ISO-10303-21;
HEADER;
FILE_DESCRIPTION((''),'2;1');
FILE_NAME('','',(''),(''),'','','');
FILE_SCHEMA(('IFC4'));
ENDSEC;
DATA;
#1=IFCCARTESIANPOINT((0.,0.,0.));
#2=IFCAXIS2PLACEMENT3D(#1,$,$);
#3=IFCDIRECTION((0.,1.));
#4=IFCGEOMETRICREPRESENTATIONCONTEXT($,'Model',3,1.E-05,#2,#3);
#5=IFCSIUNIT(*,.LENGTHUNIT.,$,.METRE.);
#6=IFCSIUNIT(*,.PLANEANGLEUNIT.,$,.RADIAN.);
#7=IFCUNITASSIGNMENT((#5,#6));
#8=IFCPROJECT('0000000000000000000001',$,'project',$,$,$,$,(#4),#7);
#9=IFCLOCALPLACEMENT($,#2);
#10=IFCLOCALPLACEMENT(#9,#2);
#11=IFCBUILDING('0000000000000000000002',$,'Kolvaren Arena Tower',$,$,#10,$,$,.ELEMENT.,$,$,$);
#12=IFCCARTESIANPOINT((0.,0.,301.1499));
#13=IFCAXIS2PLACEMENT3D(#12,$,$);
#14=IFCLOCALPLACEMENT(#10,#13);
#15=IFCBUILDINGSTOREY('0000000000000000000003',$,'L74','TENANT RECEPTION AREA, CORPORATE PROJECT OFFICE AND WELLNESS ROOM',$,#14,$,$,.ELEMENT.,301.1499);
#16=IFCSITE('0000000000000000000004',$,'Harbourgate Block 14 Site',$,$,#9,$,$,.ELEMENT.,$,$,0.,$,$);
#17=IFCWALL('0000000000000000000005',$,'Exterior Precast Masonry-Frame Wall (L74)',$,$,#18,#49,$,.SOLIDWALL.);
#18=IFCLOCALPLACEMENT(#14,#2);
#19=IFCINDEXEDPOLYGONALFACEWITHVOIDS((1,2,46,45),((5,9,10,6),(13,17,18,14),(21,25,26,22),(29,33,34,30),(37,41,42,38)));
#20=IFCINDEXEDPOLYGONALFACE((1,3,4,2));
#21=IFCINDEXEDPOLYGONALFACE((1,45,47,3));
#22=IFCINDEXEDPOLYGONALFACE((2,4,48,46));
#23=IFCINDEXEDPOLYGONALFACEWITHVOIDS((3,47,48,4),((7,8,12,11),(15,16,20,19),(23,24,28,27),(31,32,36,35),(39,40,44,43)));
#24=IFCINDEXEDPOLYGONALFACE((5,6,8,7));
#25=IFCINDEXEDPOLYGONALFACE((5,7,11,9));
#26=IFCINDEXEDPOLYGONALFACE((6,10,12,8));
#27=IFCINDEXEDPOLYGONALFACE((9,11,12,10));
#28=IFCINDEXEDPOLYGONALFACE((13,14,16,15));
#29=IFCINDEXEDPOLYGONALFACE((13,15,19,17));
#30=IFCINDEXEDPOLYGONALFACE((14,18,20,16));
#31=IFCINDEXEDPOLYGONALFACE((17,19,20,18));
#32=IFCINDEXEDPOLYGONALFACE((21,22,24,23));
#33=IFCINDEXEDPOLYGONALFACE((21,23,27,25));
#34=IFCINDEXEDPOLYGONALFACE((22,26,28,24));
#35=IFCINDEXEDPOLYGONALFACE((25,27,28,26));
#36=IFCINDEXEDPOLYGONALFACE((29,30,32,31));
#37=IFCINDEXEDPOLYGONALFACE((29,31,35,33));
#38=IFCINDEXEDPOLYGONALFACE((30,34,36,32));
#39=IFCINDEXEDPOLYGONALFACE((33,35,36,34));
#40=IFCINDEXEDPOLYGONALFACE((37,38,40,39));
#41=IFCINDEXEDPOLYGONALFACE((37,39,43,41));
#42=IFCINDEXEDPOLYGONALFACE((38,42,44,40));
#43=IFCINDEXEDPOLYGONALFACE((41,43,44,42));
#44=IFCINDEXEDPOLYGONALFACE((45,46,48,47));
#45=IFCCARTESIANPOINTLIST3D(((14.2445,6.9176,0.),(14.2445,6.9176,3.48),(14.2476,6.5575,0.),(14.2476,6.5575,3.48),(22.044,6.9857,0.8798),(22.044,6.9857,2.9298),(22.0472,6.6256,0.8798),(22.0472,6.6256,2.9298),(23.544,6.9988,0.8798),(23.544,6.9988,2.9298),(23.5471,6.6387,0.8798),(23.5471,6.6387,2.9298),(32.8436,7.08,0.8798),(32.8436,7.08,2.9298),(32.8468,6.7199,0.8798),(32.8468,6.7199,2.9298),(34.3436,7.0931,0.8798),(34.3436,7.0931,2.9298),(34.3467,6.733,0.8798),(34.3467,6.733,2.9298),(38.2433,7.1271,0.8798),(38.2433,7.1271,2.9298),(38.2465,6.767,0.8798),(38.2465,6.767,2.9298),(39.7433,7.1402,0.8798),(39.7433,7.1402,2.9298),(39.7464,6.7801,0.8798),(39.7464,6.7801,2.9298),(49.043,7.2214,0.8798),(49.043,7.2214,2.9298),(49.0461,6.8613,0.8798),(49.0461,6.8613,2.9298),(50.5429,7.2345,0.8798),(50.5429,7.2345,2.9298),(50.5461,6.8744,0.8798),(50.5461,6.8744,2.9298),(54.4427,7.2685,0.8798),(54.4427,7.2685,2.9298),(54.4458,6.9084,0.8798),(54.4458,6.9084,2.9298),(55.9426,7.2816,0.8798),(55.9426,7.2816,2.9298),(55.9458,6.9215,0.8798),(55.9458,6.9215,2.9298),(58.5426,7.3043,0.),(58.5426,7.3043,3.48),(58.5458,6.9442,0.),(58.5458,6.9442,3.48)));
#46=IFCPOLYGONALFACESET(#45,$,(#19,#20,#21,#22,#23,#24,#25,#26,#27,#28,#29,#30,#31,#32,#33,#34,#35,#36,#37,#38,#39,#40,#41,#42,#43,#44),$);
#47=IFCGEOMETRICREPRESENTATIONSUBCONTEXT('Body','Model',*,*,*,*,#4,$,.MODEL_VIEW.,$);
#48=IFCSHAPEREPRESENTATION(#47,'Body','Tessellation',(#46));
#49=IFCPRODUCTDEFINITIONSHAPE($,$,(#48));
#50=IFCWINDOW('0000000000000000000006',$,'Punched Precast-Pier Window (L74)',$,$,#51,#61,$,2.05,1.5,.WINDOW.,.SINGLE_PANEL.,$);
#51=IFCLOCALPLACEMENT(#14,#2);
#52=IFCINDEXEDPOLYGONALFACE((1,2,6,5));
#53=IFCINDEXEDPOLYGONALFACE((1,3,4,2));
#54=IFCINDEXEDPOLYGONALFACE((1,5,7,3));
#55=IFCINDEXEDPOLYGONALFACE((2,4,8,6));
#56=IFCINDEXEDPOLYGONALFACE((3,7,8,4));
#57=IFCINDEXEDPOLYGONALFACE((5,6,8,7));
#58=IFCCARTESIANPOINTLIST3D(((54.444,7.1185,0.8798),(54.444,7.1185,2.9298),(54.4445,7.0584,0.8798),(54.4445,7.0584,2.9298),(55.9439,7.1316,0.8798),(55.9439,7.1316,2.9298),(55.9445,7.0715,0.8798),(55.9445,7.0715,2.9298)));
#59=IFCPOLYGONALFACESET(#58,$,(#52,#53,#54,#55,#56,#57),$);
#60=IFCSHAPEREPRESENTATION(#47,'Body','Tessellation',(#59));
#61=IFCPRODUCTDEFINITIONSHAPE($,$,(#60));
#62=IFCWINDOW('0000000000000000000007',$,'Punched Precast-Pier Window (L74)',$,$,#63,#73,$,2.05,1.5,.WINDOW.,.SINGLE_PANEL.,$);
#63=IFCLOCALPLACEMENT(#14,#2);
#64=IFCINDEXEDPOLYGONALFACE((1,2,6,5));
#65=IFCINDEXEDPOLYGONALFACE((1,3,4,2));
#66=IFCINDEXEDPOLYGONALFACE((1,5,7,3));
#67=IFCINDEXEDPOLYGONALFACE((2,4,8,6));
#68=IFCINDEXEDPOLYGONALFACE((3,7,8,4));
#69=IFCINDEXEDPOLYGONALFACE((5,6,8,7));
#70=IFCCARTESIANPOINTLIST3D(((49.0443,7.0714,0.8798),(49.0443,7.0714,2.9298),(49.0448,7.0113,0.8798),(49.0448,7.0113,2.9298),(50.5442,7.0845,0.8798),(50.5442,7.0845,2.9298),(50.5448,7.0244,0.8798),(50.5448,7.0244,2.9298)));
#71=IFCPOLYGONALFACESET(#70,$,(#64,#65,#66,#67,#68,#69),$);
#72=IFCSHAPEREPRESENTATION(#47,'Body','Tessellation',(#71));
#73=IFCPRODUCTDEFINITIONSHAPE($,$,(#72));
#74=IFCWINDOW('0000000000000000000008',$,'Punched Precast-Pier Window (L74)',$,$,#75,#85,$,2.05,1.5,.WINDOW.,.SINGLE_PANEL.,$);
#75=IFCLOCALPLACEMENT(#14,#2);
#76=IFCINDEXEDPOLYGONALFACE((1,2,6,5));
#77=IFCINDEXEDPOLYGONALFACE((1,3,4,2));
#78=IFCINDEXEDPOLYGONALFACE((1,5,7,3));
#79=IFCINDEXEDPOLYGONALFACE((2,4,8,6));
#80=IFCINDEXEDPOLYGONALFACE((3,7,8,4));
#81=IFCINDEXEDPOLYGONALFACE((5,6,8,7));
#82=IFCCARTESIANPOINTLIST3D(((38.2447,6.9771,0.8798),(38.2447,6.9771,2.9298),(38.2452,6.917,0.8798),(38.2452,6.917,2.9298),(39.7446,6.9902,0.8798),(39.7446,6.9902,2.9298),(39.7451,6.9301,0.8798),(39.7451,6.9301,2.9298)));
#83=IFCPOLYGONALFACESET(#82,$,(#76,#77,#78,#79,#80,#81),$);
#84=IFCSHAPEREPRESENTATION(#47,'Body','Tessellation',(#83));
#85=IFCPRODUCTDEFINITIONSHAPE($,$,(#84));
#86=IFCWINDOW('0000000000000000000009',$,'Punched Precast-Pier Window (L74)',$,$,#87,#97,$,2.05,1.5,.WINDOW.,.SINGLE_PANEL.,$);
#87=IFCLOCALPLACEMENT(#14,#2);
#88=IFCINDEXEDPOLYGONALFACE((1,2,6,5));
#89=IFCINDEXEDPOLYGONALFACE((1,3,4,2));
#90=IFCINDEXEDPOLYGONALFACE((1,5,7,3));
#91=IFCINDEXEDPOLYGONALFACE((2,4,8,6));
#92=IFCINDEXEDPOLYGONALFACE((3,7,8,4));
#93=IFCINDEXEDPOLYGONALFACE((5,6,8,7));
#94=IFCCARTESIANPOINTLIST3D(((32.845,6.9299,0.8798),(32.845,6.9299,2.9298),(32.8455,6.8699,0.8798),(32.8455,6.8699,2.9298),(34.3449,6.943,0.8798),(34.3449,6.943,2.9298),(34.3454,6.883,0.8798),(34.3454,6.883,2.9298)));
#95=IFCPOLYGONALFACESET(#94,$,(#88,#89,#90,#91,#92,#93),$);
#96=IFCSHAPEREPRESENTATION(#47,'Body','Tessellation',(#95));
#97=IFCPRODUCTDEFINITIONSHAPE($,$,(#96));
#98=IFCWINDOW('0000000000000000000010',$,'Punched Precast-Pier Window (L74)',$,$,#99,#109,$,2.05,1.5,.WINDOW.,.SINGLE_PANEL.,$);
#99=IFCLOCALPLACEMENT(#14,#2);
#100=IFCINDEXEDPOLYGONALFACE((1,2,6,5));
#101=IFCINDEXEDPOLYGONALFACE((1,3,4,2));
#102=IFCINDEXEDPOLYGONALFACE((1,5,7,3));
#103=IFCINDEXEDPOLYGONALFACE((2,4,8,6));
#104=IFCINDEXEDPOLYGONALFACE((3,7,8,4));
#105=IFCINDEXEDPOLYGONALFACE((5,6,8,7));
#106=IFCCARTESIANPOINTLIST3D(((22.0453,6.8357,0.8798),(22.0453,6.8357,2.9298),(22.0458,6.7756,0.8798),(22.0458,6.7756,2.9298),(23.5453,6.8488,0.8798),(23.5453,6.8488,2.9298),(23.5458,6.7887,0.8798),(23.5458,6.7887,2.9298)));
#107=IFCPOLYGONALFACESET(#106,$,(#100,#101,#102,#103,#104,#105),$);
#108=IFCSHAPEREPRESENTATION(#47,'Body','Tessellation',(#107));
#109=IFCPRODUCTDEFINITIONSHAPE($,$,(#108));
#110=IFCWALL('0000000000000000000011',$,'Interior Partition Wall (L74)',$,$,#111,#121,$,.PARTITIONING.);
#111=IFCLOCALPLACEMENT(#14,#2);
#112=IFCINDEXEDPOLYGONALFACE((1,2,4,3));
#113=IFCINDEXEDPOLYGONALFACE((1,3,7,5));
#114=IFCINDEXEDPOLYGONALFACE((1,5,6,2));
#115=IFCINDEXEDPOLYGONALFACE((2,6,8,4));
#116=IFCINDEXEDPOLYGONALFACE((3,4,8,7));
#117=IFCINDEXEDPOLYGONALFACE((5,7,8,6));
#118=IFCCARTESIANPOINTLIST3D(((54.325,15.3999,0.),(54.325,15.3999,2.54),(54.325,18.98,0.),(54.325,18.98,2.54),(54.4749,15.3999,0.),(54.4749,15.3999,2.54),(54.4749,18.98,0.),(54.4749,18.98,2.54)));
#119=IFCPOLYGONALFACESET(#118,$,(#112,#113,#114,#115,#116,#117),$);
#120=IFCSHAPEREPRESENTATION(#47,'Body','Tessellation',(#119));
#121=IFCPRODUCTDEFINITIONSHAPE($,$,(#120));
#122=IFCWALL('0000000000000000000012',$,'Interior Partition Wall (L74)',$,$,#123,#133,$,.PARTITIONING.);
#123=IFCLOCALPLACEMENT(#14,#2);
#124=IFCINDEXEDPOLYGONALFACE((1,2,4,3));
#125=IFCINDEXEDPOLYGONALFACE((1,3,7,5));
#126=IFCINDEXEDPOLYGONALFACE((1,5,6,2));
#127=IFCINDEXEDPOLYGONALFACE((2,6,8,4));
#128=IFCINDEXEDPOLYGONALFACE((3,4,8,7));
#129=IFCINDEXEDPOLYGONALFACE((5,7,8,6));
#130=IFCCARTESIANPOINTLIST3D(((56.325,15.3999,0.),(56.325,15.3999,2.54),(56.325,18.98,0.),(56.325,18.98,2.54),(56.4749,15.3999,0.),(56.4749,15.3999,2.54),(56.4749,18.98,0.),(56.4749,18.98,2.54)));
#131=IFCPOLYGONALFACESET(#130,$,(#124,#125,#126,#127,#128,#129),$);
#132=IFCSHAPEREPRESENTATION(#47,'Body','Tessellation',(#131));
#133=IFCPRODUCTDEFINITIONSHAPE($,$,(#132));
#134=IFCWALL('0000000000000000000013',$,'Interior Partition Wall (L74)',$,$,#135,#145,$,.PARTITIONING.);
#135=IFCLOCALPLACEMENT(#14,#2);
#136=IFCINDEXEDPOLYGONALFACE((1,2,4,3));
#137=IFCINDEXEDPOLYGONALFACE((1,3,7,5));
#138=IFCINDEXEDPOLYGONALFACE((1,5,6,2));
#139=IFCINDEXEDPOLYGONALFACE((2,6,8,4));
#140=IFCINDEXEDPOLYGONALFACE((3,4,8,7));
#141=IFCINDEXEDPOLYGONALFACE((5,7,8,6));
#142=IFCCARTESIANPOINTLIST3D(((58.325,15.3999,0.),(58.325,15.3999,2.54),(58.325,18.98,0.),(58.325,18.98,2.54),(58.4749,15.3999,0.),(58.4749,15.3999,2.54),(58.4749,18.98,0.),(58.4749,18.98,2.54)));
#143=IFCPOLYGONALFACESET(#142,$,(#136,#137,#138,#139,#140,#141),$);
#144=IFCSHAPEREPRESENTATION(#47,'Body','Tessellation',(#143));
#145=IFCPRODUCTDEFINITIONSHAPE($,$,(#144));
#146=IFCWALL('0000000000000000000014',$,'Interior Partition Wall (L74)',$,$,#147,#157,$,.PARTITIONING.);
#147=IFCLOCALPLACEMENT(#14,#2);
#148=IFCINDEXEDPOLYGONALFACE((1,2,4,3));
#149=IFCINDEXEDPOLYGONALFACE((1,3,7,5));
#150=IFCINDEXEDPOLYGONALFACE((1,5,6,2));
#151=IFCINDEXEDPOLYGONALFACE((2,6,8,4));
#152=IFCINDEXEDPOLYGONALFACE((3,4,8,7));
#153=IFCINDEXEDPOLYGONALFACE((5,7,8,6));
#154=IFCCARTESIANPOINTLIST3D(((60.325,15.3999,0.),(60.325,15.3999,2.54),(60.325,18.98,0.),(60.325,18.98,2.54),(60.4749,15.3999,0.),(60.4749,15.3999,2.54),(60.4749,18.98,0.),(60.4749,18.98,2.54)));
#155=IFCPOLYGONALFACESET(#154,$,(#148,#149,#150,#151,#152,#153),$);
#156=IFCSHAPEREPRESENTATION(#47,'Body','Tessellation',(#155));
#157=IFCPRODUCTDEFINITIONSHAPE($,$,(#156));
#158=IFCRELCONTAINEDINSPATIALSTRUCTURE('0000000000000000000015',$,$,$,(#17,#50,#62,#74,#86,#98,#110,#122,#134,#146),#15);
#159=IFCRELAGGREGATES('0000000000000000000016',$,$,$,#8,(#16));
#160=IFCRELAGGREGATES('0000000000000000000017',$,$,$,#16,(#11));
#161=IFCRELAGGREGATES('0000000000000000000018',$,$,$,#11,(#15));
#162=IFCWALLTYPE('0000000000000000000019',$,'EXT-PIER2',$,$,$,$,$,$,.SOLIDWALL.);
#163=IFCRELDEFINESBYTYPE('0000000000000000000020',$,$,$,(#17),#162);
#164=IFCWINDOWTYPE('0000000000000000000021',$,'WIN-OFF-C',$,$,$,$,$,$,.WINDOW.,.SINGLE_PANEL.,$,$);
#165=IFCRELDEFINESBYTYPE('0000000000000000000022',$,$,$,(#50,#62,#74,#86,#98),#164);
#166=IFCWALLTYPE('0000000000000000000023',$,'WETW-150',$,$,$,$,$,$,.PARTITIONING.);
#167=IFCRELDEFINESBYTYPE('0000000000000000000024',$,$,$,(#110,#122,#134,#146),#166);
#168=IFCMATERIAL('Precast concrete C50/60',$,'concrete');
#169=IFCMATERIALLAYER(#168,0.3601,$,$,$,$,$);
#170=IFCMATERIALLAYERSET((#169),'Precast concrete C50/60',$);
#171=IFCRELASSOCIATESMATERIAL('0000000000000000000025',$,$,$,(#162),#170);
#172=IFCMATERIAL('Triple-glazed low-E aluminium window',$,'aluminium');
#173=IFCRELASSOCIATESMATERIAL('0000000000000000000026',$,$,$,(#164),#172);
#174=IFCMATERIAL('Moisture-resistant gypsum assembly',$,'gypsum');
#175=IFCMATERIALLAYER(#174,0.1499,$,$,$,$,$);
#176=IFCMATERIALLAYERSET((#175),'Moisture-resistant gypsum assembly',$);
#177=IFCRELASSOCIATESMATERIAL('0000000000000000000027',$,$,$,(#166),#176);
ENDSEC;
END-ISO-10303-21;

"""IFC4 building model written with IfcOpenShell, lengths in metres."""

from ifc_helpers import new_model, si_unit, direction, frame, frame_2d, origin, place, context, subcontext, project, spatial, rectangle, extrude, material, layer, layer_set, type_object, element, fill, save


model = new_model("IFC4")

# Units and contexts
model_context = context("Model", 3, precision=1e-05, world=origin(), true_north=direction((0.0, 1.0)))
body_context = subcontext(model_context, "Body", "Model", "MODEL_VIEW")
ifc_project = project(units=[si_unit("LENGTHUNIT", "METRE"), si_unit("PLANEANGLEUNIT", "RADIAN")], contexts=[model_context])

# Site, building, storey
site_placement = place(None, origin())
site = spatial("IfcSite", under=ifc_project, at=site_placement, Name="Harbourgate Block 14 Site", CompositionType="ELEMENT", RefElevation=0.0)
building_placement = place(site_placement, origin())
building = spatial("IfcBuilding", under=site, at=building_placement, Name="Kolvaren Arena Tower", CompositionType="ELEMENT")
storey_placement = place(building_placement, frame((0.0, 0.0, 301.1499)))
storey = spatial("IfcBuildingStorey", under=building, at=storey_placement, Name="L74", Description="TENANT RECEPTION AREA, CORPORATE PROJECT OFFICE AND WELLNESS ROOM", CompositionType="ELEMENT", Elevation=301.1499)

# Shared definitions
ifc_material_1 = material(Name="Precast concrete C50/60", Category="concrete")

# Shared definitions
ifc_layer_1 = layer(ifc_material_1, 0.3601)
ifc_layer_set_1 = layer_set([ifc_layer_1], Name="Precast concrete C50/60")
wall_type_1 = type_object("IfcWallType", Name="EXT-PIER2", PredefinedType="SOLIDWALL", material=ifc_layer_set_1)

# Wall, openings, windows
wall_1_placement = place(storey_placement, frame((58.5442, 7.1243, 0.0), z_axis=(0.0, 0.0, 1.0), x_axis=(-0.999962, -0.00873, 0.0)))
wall_1 = element("IfcWall", 1, at=wall_1_placement, inside=storey, type_object=wall_type_1, Name="Exterior Precast Masonry-Frame Wall (L74)", PredefinedType="SOLIDWALL", context=body_context, shape_type="SweptSolid", body=[
    extrude(rectangle(XDim=44.2998, YDim=0.3601, at=frame_2d((22.1499, 0.0))), origin(), (0.0, 0.0, 1.0), 3.48),
])
opening_1_placement = place(wall_1_placement, frame((2.6001, 0.0, 0.8799)))
opening_1 = element("IfcOpeningElement", 2, at=opening_1_placement, cuts=wall_1, PredefinedType="OPENING", context=body_context, shape_type="SweptSolid", body=[
    extrude(rectangle(XDim=1.5, YDim=2.05, at=frame_2d((0.75, 1.0249))), frame((0.0, 0.1899, 0.0), z_axis=(0.0, -1.0, 0.0), x_axis=(1.0, 0.0, 0.0)), (0.0, 0.0, 1.0), 0.3801),
])
opening_2_placement = place(wall_1_placement, frame((8.0, 0.0, 0.8799)))
opening_2 = element("IfcOpeningElement", 3, at=opening_2_placement, cuts=wall_1, PredefinedType="OPENING", context=body_context, shape_type="SweptSolid", body=[
    extrude(rectangle(XDim=1.5, YDim=2.05, at=frame_2d((0.75, 1.0249))), frame((0.0, 0.1899, 0.0), z_axis=(0.0, -1.0, 0.0), x_axis=(1.0, 0.0, 0.0)), (0.0, 0.0, 1.0), 0.3801),
])
opening_3_placement = place(wall_1_placement, frame((18.8, 0.0, 0.8799)))
opening_3 = element("IfcOpeningElement", 4, at=opening_3_placement, cuts=wall_1, PredefinedType="OPENING", context=body_context, shape_type="SweptSolid", body=[
    extrude(rectangle(XDim=1.5, YDim=2.05, at=frame_2d((0.75, 1.0249))), frame((0.0, 0.1899, 0.0), z_axis=(0.0, -1.0, 0.0), x_axis=(1.0, 0.0, 0.0)), (0.0, 0.0, 1.0), 0.3801),
])
opening_4_placement = place(wall_1_placement, frame((24.2, 0.0, 0.8799)))
opening_4 = element("IfcOpeningElement", 5, at=opening_4_placement, cuts=wall_1, PredefinedType="OPENING", context=body_context, shape_type="SweptSolid", body=[
    extrude(rectangle(XDim=1.5, YDim=2.05, at=frame_2d((0.75, 1.0249))), frame((0.0, 0.1899, 0.0), z_axis=(0.0, -1.0, 0.0), x_axis=(1.0, 0.0, 0.0)), (0.0, 0.0, 1.0), 0.3801),
])
opening_5_placement = place(wall_1_placement, frame((35.0, 0.0, 0.8799)))
opening_5 = element("IfcOpeningElement", 6, at=opening_5_placement, cuts=wall_1, PredefinedType="OPENING", context=body_context, shape_type="SweptSolid", body=[
    extrude(rectangle(XDim=1.5, YDim=2.05, at=frame_2d((0.75, 1.0249))), frame((0.0, 0.1899, 0.0), z_axis=(0.0, -1.0, 0.0), x_axis=(1.0, 0.0, 0.0)), (0.0, 0.0, 1.0), 0.3801),
])
ifc_material_2 = material(Name="Triple-glazed low-E aluminium window", Category="aluminium")
window_type = type_object("IfcWindowType", Name="WIN-OFF-C", PartitioningType="SINGLE_PANEL", PredefinedType="WINDOW", material=ifc_material_2)
window_1_placement = place(opening_1_placement, origin())
window_1 = element("IfcWindow", 7, at=window_1_placement, inside=storey, type_object=window_type, Name="Punched Precast-Pier Window (L74)", OverallHeight=2.05, OverallWidth=1.5, PartitioningType="SINGLE_PANEL", PredefinedType="WINDOW", context=body_context, shape_type="SweptSolid", body=[
    extrude(rectangle(XDim=1.5, YDim=2.05, at=frame_2d((0.75, 1.0249))), frame((0.0, 0.03, 0.0), z_axis=(0.0, -1.0, 0.0), x_axis=(1.0, 0.0, 0.0)), (0.0, 0.0, 1.0), 0.0601),
])
fill(opening_1, window_1)
window_2_placement = place(opening_2_placement, origin())
window_2 = element("IfcWindow", 8, at=window_2_placement, inside=storey, type_object=window_type, Name="Punched Precast-Pier Window (L74)", OverallHeight=2.05, OverallWidth=1.5, PartitioningType="SINGLE_PANEL", PredefinedType="WINDOW", context=body_context, shape_type="SweptSolid", body=[
    extrude(rectangle(XDim=1.5, YDim=2.05, at=frame_2d((0.75, 1.0249))), frame((0.0, 0.03, 0.0), z_axis=(0.0, -1.0, 0.0), x_axis=(1.0, 0.0, 0.0)), (0.0, 0.0, 1.0), 0.0601),
])
fill(opening_2, window_2)
window_3_placement = place(opening_3_placement, origin())
window_3 = element("IfcWindow", 9, at=window_3_placement, inside=storey, type_object=window_type, Name="Punched Precast-Pier Window (L74)", OverallHeight=2.05, OverallWidth=1.5, PartitioningType="SINGLE_PANEL", PredefinedType="WINDOW", context=body_context, shape_type="SweptSolid", body=[
    extrude(rectangle(XDim=1.5, YDim=2.05, at=frame_2d((0.75, 1.0249))), frame((0.0, 0.03, 0.0), z_axis=(0.0, -1.0, 0.0), x_axis=(1.0, 0.0, 0.0)), (0.0, 0.0, 1.0), 0.0601),
])
fill(opening_3, window_3)
window_4_placement = place(opening_4_placement, origin())
window_4 = element("IfcWindow", 10, at=window_4_placement, inside=storey, type_object=window_type, Name="Punched Precast-Pier Window (L74)", OverallHeight=2.05, OverallWidth=1.5, PartitioningType="SINGLE_PANEL", PredefinedType="WINDOW", context=body_context, shape_type="SweptSolid", body=[
    extrude(rectangle(XDim=1.5, YDim=2.05, at=frame_2d((0.75, 1.0249))), frame((0.0, 0.03, 0.0), z_axis=(0.0, -1.0, 0.0), x_axis=(1.0, 0.0, 0.0)), (0.0, 0.0, 1.0), 0.0601),
])
fill(opening_4, window_4)
window_5_placement = place(opening_5_placement, origin())
window_5 = element("IfcWindow", 11, at=window_5_placement, inside=storey, type_object=window_type, Name="Punched Precast-Pier Window (L74)", OverallHeight=2.05, OverallWidth=1.5, PartitioningType="SINGLE_PANEL", PredefinedType="WINDOW", context=body_context, shape_type="SweptSolid", body=[
    extrude(rectangle(XDim=1.5, YDim=2.05, at=frame_2d((0.75, 1.0249))), frame((0.0, 0.03, 0.0), z_axis=(0.0, -1.0, 0.0), x_axis=(1.0, 0.0, 0.0)), (0.0, 0.0, 1.0), 0.0601),
])
fill(opening_5, window_5)

# Walls
ifc_material_3 = material(Name="Moisture-resistant gypsum assembly", Category="gypsum")
ifc_layer_2 = layer(ifc_material_3, 0.1499)
ifc_layer_set_2 = layer_set([ifc_layer_2], Name="Moisture-resistant gypsum assembly")
wall_type_2 = type_object("IfcWallType", Name="WETW-150", PredefinedType="PARTITIONING", material=ifc_layer_set_2)
for number, where, z_axis, x_axis, name in (
    (12, (54.3999, 15.3999, 0.0), (0.0, 0.0, 1.0), (0.0, 1.0, 0.0), "Interior Partition Wall (L74)"),
    (13, (56.3999, 15.3999, 0.0), (0.0, 0.0, 1.0), (0.0, 1.0, 0.0), "Interior Partition Wall (L74)"),
    (14, (58.3999, 15.3999, 0.0), (0.0, 0.0, 1.0), (0.0, 1.0, 0.0), "Interior Partition Wall (L74)"),
    (15, (60.3999, 15.3999, 0.0), (0.0, 0.0, 1.0), (0.0, 1.0, 0.0), "Interior Partition Wall (L74)"),
):
    element("IfcWall", number, at=place(storey_placement, frame(where, z_axis=z_axis, x_axis=x_axis)), inside=storey, type_object=wall_type_2, Name=name, PredefinedType="PARTITIONING", context=body_context, shape_type="SweptSolid", body=[
        extrude(rectangle(XDim=3.5801, YDim=0.1499, at=frame_2d((1.79, 0.0))), origin(), (0.0, 0.0, 1.0), 2.54),
    ])

save(model, "model.ifc")
